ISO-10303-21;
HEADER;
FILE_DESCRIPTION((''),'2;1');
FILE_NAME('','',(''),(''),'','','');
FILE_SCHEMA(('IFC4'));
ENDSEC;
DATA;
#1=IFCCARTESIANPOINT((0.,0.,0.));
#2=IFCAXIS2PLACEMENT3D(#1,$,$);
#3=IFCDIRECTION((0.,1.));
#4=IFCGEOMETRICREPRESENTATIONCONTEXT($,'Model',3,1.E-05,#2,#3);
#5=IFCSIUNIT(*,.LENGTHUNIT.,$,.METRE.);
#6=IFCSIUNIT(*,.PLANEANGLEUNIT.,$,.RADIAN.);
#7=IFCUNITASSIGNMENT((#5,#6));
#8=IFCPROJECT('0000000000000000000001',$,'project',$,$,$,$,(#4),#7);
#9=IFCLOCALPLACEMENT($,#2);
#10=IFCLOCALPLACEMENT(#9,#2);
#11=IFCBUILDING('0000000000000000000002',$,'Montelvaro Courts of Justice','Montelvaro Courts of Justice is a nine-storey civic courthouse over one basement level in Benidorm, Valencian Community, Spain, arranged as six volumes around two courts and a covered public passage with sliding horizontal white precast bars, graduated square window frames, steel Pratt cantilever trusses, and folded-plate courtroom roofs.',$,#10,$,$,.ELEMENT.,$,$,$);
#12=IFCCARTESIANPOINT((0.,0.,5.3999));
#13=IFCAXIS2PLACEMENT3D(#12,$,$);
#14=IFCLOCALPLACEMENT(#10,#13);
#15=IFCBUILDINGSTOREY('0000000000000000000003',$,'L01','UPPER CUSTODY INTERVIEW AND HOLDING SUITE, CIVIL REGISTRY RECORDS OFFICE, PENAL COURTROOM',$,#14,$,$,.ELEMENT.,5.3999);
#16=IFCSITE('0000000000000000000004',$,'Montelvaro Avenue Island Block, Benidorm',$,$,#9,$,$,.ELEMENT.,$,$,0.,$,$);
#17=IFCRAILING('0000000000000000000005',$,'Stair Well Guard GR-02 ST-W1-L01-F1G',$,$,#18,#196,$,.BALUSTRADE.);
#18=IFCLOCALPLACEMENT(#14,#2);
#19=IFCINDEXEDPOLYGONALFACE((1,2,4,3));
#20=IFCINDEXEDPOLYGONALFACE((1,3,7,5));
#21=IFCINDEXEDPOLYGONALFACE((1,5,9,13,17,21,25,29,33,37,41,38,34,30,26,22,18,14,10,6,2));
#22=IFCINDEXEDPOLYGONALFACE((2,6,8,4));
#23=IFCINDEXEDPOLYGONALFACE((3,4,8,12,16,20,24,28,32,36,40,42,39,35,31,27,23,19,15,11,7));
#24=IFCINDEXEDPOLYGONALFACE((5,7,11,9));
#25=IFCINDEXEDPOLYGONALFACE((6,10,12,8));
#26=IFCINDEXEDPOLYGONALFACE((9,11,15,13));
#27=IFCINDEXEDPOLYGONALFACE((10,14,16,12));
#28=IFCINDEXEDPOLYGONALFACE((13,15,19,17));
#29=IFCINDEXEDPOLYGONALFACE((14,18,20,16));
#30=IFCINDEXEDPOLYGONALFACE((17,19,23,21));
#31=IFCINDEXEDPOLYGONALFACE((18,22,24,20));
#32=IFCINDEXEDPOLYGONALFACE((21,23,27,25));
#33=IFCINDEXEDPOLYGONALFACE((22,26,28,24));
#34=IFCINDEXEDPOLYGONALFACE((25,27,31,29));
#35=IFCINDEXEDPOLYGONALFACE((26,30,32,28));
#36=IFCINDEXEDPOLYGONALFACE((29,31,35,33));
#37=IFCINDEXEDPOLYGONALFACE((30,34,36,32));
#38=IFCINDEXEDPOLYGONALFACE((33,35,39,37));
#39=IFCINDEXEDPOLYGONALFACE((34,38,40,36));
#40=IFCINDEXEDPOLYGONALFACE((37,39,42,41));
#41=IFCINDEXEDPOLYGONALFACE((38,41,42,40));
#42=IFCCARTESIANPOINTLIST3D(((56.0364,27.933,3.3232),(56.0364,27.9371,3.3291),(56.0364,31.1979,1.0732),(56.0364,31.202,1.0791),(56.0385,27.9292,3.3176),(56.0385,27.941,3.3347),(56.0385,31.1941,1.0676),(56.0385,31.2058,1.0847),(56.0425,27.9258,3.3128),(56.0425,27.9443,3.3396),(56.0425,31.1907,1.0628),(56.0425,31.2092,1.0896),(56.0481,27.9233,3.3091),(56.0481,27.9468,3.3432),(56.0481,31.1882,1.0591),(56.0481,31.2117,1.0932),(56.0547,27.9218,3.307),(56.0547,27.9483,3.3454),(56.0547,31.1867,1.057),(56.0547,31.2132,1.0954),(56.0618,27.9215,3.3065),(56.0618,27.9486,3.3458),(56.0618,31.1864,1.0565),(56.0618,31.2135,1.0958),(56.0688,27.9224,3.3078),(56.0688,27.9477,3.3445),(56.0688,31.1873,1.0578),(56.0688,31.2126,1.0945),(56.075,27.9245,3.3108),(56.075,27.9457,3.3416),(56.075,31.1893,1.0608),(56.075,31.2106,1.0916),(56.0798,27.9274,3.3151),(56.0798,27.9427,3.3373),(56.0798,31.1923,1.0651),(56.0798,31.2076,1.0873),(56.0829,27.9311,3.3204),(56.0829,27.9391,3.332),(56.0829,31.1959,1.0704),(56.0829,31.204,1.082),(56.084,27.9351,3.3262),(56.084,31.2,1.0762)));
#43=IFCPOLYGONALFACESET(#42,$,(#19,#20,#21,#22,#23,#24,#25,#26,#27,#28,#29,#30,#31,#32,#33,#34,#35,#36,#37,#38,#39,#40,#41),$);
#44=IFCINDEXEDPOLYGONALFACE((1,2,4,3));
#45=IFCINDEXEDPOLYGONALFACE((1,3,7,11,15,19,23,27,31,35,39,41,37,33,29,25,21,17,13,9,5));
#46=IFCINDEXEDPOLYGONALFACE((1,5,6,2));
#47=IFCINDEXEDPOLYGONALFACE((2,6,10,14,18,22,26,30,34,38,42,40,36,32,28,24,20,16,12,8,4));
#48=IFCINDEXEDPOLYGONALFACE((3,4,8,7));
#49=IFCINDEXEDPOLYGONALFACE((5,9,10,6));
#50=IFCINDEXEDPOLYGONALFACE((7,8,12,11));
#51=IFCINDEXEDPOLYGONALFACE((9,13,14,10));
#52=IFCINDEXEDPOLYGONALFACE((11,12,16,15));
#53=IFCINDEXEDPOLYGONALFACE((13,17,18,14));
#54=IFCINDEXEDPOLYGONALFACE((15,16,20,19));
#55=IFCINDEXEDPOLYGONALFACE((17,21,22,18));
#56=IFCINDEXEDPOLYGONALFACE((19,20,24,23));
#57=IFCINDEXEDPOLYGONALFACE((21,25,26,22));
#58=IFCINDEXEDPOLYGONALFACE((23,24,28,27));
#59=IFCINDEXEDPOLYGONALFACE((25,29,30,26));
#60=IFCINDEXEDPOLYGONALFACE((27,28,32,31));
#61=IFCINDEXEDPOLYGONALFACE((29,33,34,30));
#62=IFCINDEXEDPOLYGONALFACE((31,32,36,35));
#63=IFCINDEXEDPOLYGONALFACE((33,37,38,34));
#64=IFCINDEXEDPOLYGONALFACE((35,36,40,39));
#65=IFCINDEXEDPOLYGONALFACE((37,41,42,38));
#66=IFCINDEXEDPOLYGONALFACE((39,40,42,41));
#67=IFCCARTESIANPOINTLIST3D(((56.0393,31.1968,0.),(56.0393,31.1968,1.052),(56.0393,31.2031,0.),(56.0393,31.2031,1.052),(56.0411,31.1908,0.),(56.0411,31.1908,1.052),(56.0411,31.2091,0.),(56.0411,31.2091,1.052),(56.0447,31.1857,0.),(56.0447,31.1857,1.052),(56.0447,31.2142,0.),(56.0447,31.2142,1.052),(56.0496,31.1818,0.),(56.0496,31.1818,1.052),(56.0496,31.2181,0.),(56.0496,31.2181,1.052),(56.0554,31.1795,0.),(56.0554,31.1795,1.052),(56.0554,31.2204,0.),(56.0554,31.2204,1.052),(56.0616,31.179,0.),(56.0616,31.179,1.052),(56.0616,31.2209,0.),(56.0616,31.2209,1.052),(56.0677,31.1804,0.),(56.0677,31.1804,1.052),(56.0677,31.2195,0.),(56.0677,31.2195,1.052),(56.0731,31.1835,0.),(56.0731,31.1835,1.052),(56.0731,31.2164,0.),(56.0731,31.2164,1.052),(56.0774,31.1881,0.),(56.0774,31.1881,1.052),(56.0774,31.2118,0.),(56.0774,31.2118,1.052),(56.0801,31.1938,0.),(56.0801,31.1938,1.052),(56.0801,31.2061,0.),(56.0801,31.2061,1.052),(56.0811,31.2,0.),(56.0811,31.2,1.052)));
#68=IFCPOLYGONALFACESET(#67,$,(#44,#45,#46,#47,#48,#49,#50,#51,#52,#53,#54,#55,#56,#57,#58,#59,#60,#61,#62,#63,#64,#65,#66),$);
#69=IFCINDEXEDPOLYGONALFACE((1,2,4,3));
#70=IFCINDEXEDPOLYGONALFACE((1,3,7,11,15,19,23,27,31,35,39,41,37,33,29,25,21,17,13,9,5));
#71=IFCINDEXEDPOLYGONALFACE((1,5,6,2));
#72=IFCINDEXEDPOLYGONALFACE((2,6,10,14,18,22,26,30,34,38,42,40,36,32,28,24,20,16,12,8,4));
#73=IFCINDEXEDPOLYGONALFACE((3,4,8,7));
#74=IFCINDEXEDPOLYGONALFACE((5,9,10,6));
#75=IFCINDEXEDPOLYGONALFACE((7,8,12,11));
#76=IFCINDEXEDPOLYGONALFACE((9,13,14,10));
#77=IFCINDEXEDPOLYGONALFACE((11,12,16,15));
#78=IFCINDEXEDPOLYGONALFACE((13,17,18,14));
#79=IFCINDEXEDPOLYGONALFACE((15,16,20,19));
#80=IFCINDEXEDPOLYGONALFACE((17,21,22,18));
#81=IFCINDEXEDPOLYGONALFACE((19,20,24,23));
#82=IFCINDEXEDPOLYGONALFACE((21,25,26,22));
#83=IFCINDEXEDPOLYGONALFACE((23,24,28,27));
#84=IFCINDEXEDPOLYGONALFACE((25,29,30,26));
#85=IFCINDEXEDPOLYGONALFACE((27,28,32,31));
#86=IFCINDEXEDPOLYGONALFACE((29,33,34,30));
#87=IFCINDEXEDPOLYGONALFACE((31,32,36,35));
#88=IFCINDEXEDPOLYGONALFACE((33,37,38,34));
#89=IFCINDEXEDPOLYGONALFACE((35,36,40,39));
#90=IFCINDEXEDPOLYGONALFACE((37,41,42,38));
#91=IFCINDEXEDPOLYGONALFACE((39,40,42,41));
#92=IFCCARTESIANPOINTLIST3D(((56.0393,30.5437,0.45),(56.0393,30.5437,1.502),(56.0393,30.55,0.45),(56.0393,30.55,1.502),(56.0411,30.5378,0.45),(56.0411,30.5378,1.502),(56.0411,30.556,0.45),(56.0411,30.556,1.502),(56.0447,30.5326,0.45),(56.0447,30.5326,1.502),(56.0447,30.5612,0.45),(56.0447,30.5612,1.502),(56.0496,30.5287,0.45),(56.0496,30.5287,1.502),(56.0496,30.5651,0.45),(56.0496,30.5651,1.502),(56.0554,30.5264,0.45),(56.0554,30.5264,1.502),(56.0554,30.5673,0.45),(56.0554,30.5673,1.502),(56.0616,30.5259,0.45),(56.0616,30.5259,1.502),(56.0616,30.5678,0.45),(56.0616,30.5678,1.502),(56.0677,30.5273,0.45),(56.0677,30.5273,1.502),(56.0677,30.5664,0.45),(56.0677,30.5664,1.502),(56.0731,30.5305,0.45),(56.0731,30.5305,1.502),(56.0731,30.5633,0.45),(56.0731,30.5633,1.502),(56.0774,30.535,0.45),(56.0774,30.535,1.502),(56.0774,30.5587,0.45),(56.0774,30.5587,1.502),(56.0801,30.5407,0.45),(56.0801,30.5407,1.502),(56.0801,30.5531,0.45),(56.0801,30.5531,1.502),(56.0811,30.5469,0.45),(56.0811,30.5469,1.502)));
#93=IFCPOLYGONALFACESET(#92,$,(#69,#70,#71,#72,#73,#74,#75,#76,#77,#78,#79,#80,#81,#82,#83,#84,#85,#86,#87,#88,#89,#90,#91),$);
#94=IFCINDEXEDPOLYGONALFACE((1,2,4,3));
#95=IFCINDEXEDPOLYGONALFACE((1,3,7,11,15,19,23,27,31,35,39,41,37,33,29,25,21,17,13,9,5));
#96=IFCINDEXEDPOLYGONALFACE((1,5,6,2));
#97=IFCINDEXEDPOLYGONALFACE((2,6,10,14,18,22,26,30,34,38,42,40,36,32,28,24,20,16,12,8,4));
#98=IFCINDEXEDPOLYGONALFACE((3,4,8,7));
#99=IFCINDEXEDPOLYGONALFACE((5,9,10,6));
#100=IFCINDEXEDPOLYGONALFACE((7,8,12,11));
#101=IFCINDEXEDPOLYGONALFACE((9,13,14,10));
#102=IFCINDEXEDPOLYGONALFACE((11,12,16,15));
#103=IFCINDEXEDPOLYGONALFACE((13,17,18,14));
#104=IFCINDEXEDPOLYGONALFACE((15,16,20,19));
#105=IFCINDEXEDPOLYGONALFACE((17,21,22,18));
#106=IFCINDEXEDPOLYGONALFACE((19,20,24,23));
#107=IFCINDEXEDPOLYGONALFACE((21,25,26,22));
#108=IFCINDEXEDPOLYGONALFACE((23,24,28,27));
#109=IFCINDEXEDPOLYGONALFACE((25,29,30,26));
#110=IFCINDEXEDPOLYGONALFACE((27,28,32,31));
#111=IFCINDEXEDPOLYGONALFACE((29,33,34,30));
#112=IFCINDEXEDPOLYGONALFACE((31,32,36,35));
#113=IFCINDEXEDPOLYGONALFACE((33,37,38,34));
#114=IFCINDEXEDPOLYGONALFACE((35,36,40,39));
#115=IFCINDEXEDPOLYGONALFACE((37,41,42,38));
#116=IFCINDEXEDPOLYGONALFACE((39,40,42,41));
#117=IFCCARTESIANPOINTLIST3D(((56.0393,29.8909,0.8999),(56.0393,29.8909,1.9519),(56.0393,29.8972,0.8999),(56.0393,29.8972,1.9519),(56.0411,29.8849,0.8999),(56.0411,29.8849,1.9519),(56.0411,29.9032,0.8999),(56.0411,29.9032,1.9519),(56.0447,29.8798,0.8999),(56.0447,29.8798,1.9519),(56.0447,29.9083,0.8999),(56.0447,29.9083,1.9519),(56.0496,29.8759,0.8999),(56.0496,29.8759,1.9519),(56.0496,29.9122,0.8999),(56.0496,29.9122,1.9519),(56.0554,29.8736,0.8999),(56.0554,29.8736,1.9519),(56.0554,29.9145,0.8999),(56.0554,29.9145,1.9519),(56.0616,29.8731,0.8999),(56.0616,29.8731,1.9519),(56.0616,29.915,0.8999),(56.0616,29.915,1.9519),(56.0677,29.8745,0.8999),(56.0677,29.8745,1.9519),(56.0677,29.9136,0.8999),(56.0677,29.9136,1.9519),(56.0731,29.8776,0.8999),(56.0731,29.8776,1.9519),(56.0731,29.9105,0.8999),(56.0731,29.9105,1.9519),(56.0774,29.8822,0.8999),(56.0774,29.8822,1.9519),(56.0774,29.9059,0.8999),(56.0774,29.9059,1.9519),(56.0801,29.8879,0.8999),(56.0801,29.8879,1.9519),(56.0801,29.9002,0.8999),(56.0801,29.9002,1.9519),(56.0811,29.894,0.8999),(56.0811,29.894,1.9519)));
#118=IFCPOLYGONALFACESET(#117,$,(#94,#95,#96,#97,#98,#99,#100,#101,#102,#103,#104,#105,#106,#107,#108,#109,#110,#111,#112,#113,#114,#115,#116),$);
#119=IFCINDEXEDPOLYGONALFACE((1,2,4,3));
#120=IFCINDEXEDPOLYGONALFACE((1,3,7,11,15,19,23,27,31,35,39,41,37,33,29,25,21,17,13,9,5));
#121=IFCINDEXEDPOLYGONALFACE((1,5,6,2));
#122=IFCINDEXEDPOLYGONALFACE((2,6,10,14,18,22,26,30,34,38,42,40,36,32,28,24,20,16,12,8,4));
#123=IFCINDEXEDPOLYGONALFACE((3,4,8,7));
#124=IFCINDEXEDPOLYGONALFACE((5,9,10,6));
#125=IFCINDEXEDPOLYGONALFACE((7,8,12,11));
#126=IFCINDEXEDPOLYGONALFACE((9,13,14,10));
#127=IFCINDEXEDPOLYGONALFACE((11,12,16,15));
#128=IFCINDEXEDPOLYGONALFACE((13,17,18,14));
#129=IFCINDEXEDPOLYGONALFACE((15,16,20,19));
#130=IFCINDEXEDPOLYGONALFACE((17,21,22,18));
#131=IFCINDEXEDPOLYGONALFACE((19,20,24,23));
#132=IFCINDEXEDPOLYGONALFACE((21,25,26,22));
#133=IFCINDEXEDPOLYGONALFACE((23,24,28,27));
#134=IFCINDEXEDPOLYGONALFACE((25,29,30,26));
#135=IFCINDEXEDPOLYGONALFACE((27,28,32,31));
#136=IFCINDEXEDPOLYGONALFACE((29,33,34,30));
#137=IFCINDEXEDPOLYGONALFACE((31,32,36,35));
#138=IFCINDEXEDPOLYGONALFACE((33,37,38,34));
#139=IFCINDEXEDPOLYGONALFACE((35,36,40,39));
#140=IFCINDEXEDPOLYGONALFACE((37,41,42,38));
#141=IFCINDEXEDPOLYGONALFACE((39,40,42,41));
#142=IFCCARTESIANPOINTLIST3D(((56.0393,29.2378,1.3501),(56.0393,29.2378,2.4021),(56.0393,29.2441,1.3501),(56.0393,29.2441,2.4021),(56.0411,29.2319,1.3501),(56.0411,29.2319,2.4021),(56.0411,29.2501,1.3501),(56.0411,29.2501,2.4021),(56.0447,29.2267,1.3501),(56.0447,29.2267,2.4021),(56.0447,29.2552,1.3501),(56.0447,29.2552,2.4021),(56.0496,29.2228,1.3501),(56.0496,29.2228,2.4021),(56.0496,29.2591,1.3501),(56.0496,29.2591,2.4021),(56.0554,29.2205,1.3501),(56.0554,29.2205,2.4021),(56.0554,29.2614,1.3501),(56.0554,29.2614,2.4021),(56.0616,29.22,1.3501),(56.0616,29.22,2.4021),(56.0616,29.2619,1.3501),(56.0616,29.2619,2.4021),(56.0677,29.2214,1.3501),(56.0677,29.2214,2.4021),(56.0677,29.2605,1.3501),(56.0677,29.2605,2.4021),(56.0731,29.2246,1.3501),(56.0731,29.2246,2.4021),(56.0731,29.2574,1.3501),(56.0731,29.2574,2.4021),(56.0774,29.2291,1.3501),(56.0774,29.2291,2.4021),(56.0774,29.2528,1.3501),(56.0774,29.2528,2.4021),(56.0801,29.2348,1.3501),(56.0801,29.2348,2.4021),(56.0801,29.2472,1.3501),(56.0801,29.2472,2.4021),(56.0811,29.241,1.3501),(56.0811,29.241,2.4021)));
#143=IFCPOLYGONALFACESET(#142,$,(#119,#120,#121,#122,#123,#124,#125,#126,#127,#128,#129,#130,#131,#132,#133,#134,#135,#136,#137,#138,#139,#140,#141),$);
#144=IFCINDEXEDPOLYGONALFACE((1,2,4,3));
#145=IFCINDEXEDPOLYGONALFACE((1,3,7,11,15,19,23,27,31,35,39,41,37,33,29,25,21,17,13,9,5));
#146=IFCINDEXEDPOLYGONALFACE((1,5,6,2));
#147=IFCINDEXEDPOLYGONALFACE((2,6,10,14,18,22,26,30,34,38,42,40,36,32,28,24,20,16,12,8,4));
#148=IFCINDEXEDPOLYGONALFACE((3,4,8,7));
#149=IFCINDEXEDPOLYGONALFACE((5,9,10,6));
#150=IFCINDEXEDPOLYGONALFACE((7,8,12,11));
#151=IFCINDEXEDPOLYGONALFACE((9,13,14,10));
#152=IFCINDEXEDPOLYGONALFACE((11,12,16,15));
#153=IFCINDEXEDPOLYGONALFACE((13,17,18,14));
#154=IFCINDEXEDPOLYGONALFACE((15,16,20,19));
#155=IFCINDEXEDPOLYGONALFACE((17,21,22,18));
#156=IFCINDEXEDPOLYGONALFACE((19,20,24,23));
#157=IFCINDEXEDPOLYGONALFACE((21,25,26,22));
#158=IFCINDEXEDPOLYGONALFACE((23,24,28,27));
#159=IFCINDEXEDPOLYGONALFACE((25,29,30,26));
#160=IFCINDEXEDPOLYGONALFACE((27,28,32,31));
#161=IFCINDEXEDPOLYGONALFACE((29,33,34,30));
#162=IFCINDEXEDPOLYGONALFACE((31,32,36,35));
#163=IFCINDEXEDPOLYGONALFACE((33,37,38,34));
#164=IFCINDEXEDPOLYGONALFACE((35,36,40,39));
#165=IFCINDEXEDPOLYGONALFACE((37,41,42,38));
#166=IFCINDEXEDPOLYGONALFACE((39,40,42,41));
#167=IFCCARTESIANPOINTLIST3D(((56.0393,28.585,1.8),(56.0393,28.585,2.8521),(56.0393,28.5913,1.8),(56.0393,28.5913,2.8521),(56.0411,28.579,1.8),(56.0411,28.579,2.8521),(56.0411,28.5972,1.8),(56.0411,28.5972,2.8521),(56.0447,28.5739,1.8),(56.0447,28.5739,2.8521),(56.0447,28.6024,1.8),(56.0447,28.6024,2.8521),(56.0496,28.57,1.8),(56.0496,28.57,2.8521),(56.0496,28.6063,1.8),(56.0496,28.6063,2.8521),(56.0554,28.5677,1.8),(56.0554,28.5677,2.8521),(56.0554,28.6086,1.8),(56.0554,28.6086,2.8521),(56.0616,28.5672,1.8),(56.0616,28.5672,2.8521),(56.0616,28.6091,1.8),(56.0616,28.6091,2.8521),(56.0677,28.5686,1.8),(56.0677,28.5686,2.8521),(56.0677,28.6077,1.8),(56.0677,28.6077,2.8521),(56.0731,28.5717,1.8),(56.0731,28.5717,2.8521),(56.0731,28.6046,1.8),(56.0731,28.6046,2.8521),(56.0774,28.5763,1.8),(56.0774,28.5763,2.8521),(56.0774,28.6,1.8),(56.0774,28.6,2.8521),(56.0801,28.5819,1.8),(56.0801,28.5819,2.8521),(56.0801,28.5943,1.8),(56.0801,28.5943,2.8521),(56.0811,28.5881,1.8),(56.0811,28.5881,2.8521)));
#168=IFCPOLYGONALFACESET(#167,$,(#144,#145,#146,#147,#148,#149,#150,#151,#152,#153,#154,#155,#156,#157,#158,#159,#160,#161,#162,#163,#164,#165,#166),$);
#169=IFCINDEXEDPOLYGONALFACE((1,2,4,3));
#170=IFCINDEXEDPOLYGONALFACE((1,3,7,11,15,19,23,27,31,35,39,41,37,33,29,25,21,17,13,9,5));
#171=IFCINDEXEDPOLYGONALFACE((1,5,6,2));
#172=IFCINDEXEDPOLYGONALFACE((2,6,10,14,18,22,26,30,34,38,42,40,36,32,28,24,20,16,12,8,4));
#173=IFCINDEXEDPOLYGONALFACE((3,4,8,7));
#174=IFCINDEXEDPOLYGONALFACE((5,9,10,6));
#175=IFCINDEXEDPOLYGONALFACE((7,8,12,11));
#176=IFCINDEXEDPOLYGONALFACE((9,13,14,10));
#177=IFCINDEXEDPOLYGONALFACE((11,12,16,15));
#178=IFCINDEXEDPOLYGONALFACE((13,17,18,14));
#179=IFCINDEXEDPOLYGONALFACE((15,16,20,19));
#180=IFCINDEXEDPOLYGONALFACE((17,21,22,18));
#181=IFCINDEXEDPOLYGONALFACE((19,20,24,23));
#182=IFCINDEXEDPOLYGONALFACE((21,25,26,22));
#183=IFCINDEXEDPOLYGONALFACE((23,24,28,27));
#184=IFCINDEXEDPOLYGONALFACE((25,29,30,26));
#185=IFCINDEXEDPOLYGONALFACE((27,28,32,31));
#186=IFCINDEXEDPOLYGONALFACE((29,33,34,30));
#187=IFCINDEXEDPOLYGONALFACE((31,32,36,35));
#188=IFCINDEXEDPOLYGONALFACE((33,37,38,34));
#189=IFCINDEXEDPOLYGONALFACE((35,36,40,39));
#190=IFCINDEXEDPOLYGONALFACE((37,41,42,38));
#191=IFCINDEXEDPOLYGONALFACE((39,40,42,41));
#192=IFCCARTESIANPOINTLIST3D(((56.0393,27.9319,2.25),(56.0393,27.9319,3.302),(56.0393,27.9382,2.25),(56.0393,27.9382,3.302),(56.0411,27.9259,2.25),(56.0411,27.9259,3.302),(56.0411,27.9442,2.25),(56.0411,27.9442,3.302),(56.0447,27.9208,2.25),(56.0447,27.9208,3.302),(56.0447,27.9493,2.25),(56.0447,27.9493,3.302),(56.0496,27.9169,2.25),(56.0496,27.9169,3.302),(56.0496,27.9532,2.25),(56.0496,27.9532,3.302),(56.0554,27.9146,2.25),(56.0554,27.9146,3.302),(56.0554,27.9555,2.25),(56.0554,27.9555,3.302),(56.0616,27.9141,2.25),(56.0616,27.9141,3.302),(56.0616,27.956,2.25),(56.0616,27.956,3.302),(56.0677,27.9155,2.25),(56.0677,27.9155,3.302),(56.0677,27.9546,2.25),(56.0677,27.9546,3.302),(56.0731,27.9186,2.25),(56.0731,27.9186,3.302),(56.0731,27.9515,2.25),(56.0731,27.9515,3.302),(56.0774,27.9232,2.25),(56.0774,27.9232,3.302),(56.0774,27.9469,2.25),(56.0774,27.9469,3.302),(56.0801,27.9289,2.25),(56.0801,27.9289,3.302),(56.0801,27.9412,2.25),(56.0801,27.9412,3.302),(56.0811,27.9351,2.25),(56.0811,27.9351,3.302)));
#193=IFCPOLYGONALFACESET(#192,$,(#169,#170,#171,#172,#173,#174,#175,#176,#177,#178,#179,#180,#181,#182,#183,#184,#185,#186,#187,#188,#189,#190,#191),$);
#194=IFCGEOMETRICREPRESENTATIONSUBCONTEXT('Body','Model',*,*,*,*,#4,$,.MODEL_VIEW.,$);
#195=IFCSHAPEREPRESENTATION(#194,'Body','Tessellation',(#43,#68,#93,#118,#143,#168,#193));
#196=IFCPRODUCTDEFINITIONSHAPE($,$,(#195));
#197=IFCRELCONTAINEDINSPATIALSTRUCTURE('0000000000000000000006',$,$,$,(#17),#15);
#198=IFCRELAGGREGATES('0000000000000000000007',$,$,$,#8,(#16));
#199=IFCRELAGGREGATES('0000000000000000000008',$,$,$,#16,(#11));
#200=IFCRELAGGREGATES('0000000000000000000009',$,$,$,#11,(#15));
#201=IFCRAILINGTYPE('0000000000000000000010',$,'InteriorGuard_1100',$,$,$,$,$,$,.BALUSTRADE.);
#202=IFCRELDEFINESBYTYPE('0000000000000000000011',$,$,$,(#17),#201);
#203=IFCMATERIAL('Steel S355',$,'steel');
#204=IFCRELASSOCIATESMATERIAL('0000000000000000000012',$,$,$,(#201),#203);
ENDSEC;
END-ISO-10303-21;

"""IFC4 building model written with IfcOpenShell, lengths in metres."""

from ifc_helpers import new_model, si_unit, direction, frame, origin, origin_2d, place, context, subcontext, project, spatial, circle, extrude, material, type_object, element, save


model = new_model("IFC4")

# Units and contexts
model_context = context("Model", 3, precision=1e-05, world=origin(), true_north=direction((0.0, 1.0)))
body_context = subcontext(model_context, "Body", "Model", "MODEL_VIEW")
ifc_project = project(units=[si_unit("LENGTHUNIT", "METRE"), si_unit("PLANEANGLEUNIT", "RADIAN")], contexts=[model_context])

# Site, building, storey
site_placement = place(None, origin())
site = spatial("IfcSite", under=ifc_project, at=site_placement, Name="Montelvaro Avenue Island Block, Benidorm", CompositionType="ELEMENT", RefElevation=0.0)
building_placement = place(site_placement, origin())
building = spatial("IfcBuilding", under=site, at=building_placement, Name="Montelvaro Courts of Justice", Description="Montelvaro Courts of Justice is a nine-storey civic courthouse over one basement level in Benidorm, Valencian Community, Spain, arranged as six volumes around two courts and a covered public passage with sliding horizontal white precast bars, graduated square window frames, steel Pratt cantilever trusses, and folded-plate courtroom roofs.", CompositionType="ELEMENT")
storey_placement = place(building_placement, frame((0.0, 0.0, 5.3999)))
storey = spatial("IfcBuildingStorey", under=building, at=storey_placement, Name="L01", Description="UPPER CUSTODY INTERVIEW AND HOLDING SUITE, CIVIL REGISTRY RECORDS OFFICE, PENAL COURTROOM", CompositionType="ELEMENT", Elevation=5.3999)

# Shared definitions
ifc_material_1 = material(Name="Steel S355", Category="steel")

# Railing
railing_type_1 = type_object("IfcRailingType", Name="InteriorGuard_1100", PredefinedType="BALUSTRADE", material=ifc_material_1)
railing_1_placement = place(storey_placement, frame((56.0601, 31.2, 0.0)))
element("IfcRailing", 1, at=railing_1_placement, inside=storey, type_object=railing_type_1, Name="Stair Well Guard GR-02 ST-W1-L01-F1G", PredefinedType="BALUSTRADE", context=body_context, shape_type="SweptSolid", body=[
    extrude(circle(Radius=0.0239, at=origin_2d()), frame((0.0, 0.0, 1.0762), z_axis=(0.0, -0.823407, 0.567451), x_axis=(1.0, 0.0, 0.0)), (0.0, 0.0, 1.0), 3.9651),
    extrude(circle(Radius=0.021, at=origin_2d()), origin(), (0.0, 0.0, 1.0), 1.052),
    extrude(circle(Radius=0.021, at=origin_2d()), frame((0.0, -0.6531, 0.45)), (0.0, 0.0, 1.0), 1.052),
    extrude(circle(Radius=0.021, at=origin_2d()), frame((0.0, -1.3059, 0.8999)), (0.0, 0.0, 1.0), 1.052),
    extrude(circle(Radius=0.021, at=origin_2d()), frame((0.0, -1.959, 1.3501)), (0.0, 0.0, 1.0), 1.052),
    extrude(circle(Radius=0.021, at=origin_2d()), frame((0.0, -2.6118, 1.8)), (0.0, 0.0, 1.0), 1.052),
    extrude(circle(Radius=0.021, at=origin_2d()), frame((0.0, -3.2649, 2.25)), (0.0, 0.0, 1.0), 1.052),
])

save(model, "model.ifc")
